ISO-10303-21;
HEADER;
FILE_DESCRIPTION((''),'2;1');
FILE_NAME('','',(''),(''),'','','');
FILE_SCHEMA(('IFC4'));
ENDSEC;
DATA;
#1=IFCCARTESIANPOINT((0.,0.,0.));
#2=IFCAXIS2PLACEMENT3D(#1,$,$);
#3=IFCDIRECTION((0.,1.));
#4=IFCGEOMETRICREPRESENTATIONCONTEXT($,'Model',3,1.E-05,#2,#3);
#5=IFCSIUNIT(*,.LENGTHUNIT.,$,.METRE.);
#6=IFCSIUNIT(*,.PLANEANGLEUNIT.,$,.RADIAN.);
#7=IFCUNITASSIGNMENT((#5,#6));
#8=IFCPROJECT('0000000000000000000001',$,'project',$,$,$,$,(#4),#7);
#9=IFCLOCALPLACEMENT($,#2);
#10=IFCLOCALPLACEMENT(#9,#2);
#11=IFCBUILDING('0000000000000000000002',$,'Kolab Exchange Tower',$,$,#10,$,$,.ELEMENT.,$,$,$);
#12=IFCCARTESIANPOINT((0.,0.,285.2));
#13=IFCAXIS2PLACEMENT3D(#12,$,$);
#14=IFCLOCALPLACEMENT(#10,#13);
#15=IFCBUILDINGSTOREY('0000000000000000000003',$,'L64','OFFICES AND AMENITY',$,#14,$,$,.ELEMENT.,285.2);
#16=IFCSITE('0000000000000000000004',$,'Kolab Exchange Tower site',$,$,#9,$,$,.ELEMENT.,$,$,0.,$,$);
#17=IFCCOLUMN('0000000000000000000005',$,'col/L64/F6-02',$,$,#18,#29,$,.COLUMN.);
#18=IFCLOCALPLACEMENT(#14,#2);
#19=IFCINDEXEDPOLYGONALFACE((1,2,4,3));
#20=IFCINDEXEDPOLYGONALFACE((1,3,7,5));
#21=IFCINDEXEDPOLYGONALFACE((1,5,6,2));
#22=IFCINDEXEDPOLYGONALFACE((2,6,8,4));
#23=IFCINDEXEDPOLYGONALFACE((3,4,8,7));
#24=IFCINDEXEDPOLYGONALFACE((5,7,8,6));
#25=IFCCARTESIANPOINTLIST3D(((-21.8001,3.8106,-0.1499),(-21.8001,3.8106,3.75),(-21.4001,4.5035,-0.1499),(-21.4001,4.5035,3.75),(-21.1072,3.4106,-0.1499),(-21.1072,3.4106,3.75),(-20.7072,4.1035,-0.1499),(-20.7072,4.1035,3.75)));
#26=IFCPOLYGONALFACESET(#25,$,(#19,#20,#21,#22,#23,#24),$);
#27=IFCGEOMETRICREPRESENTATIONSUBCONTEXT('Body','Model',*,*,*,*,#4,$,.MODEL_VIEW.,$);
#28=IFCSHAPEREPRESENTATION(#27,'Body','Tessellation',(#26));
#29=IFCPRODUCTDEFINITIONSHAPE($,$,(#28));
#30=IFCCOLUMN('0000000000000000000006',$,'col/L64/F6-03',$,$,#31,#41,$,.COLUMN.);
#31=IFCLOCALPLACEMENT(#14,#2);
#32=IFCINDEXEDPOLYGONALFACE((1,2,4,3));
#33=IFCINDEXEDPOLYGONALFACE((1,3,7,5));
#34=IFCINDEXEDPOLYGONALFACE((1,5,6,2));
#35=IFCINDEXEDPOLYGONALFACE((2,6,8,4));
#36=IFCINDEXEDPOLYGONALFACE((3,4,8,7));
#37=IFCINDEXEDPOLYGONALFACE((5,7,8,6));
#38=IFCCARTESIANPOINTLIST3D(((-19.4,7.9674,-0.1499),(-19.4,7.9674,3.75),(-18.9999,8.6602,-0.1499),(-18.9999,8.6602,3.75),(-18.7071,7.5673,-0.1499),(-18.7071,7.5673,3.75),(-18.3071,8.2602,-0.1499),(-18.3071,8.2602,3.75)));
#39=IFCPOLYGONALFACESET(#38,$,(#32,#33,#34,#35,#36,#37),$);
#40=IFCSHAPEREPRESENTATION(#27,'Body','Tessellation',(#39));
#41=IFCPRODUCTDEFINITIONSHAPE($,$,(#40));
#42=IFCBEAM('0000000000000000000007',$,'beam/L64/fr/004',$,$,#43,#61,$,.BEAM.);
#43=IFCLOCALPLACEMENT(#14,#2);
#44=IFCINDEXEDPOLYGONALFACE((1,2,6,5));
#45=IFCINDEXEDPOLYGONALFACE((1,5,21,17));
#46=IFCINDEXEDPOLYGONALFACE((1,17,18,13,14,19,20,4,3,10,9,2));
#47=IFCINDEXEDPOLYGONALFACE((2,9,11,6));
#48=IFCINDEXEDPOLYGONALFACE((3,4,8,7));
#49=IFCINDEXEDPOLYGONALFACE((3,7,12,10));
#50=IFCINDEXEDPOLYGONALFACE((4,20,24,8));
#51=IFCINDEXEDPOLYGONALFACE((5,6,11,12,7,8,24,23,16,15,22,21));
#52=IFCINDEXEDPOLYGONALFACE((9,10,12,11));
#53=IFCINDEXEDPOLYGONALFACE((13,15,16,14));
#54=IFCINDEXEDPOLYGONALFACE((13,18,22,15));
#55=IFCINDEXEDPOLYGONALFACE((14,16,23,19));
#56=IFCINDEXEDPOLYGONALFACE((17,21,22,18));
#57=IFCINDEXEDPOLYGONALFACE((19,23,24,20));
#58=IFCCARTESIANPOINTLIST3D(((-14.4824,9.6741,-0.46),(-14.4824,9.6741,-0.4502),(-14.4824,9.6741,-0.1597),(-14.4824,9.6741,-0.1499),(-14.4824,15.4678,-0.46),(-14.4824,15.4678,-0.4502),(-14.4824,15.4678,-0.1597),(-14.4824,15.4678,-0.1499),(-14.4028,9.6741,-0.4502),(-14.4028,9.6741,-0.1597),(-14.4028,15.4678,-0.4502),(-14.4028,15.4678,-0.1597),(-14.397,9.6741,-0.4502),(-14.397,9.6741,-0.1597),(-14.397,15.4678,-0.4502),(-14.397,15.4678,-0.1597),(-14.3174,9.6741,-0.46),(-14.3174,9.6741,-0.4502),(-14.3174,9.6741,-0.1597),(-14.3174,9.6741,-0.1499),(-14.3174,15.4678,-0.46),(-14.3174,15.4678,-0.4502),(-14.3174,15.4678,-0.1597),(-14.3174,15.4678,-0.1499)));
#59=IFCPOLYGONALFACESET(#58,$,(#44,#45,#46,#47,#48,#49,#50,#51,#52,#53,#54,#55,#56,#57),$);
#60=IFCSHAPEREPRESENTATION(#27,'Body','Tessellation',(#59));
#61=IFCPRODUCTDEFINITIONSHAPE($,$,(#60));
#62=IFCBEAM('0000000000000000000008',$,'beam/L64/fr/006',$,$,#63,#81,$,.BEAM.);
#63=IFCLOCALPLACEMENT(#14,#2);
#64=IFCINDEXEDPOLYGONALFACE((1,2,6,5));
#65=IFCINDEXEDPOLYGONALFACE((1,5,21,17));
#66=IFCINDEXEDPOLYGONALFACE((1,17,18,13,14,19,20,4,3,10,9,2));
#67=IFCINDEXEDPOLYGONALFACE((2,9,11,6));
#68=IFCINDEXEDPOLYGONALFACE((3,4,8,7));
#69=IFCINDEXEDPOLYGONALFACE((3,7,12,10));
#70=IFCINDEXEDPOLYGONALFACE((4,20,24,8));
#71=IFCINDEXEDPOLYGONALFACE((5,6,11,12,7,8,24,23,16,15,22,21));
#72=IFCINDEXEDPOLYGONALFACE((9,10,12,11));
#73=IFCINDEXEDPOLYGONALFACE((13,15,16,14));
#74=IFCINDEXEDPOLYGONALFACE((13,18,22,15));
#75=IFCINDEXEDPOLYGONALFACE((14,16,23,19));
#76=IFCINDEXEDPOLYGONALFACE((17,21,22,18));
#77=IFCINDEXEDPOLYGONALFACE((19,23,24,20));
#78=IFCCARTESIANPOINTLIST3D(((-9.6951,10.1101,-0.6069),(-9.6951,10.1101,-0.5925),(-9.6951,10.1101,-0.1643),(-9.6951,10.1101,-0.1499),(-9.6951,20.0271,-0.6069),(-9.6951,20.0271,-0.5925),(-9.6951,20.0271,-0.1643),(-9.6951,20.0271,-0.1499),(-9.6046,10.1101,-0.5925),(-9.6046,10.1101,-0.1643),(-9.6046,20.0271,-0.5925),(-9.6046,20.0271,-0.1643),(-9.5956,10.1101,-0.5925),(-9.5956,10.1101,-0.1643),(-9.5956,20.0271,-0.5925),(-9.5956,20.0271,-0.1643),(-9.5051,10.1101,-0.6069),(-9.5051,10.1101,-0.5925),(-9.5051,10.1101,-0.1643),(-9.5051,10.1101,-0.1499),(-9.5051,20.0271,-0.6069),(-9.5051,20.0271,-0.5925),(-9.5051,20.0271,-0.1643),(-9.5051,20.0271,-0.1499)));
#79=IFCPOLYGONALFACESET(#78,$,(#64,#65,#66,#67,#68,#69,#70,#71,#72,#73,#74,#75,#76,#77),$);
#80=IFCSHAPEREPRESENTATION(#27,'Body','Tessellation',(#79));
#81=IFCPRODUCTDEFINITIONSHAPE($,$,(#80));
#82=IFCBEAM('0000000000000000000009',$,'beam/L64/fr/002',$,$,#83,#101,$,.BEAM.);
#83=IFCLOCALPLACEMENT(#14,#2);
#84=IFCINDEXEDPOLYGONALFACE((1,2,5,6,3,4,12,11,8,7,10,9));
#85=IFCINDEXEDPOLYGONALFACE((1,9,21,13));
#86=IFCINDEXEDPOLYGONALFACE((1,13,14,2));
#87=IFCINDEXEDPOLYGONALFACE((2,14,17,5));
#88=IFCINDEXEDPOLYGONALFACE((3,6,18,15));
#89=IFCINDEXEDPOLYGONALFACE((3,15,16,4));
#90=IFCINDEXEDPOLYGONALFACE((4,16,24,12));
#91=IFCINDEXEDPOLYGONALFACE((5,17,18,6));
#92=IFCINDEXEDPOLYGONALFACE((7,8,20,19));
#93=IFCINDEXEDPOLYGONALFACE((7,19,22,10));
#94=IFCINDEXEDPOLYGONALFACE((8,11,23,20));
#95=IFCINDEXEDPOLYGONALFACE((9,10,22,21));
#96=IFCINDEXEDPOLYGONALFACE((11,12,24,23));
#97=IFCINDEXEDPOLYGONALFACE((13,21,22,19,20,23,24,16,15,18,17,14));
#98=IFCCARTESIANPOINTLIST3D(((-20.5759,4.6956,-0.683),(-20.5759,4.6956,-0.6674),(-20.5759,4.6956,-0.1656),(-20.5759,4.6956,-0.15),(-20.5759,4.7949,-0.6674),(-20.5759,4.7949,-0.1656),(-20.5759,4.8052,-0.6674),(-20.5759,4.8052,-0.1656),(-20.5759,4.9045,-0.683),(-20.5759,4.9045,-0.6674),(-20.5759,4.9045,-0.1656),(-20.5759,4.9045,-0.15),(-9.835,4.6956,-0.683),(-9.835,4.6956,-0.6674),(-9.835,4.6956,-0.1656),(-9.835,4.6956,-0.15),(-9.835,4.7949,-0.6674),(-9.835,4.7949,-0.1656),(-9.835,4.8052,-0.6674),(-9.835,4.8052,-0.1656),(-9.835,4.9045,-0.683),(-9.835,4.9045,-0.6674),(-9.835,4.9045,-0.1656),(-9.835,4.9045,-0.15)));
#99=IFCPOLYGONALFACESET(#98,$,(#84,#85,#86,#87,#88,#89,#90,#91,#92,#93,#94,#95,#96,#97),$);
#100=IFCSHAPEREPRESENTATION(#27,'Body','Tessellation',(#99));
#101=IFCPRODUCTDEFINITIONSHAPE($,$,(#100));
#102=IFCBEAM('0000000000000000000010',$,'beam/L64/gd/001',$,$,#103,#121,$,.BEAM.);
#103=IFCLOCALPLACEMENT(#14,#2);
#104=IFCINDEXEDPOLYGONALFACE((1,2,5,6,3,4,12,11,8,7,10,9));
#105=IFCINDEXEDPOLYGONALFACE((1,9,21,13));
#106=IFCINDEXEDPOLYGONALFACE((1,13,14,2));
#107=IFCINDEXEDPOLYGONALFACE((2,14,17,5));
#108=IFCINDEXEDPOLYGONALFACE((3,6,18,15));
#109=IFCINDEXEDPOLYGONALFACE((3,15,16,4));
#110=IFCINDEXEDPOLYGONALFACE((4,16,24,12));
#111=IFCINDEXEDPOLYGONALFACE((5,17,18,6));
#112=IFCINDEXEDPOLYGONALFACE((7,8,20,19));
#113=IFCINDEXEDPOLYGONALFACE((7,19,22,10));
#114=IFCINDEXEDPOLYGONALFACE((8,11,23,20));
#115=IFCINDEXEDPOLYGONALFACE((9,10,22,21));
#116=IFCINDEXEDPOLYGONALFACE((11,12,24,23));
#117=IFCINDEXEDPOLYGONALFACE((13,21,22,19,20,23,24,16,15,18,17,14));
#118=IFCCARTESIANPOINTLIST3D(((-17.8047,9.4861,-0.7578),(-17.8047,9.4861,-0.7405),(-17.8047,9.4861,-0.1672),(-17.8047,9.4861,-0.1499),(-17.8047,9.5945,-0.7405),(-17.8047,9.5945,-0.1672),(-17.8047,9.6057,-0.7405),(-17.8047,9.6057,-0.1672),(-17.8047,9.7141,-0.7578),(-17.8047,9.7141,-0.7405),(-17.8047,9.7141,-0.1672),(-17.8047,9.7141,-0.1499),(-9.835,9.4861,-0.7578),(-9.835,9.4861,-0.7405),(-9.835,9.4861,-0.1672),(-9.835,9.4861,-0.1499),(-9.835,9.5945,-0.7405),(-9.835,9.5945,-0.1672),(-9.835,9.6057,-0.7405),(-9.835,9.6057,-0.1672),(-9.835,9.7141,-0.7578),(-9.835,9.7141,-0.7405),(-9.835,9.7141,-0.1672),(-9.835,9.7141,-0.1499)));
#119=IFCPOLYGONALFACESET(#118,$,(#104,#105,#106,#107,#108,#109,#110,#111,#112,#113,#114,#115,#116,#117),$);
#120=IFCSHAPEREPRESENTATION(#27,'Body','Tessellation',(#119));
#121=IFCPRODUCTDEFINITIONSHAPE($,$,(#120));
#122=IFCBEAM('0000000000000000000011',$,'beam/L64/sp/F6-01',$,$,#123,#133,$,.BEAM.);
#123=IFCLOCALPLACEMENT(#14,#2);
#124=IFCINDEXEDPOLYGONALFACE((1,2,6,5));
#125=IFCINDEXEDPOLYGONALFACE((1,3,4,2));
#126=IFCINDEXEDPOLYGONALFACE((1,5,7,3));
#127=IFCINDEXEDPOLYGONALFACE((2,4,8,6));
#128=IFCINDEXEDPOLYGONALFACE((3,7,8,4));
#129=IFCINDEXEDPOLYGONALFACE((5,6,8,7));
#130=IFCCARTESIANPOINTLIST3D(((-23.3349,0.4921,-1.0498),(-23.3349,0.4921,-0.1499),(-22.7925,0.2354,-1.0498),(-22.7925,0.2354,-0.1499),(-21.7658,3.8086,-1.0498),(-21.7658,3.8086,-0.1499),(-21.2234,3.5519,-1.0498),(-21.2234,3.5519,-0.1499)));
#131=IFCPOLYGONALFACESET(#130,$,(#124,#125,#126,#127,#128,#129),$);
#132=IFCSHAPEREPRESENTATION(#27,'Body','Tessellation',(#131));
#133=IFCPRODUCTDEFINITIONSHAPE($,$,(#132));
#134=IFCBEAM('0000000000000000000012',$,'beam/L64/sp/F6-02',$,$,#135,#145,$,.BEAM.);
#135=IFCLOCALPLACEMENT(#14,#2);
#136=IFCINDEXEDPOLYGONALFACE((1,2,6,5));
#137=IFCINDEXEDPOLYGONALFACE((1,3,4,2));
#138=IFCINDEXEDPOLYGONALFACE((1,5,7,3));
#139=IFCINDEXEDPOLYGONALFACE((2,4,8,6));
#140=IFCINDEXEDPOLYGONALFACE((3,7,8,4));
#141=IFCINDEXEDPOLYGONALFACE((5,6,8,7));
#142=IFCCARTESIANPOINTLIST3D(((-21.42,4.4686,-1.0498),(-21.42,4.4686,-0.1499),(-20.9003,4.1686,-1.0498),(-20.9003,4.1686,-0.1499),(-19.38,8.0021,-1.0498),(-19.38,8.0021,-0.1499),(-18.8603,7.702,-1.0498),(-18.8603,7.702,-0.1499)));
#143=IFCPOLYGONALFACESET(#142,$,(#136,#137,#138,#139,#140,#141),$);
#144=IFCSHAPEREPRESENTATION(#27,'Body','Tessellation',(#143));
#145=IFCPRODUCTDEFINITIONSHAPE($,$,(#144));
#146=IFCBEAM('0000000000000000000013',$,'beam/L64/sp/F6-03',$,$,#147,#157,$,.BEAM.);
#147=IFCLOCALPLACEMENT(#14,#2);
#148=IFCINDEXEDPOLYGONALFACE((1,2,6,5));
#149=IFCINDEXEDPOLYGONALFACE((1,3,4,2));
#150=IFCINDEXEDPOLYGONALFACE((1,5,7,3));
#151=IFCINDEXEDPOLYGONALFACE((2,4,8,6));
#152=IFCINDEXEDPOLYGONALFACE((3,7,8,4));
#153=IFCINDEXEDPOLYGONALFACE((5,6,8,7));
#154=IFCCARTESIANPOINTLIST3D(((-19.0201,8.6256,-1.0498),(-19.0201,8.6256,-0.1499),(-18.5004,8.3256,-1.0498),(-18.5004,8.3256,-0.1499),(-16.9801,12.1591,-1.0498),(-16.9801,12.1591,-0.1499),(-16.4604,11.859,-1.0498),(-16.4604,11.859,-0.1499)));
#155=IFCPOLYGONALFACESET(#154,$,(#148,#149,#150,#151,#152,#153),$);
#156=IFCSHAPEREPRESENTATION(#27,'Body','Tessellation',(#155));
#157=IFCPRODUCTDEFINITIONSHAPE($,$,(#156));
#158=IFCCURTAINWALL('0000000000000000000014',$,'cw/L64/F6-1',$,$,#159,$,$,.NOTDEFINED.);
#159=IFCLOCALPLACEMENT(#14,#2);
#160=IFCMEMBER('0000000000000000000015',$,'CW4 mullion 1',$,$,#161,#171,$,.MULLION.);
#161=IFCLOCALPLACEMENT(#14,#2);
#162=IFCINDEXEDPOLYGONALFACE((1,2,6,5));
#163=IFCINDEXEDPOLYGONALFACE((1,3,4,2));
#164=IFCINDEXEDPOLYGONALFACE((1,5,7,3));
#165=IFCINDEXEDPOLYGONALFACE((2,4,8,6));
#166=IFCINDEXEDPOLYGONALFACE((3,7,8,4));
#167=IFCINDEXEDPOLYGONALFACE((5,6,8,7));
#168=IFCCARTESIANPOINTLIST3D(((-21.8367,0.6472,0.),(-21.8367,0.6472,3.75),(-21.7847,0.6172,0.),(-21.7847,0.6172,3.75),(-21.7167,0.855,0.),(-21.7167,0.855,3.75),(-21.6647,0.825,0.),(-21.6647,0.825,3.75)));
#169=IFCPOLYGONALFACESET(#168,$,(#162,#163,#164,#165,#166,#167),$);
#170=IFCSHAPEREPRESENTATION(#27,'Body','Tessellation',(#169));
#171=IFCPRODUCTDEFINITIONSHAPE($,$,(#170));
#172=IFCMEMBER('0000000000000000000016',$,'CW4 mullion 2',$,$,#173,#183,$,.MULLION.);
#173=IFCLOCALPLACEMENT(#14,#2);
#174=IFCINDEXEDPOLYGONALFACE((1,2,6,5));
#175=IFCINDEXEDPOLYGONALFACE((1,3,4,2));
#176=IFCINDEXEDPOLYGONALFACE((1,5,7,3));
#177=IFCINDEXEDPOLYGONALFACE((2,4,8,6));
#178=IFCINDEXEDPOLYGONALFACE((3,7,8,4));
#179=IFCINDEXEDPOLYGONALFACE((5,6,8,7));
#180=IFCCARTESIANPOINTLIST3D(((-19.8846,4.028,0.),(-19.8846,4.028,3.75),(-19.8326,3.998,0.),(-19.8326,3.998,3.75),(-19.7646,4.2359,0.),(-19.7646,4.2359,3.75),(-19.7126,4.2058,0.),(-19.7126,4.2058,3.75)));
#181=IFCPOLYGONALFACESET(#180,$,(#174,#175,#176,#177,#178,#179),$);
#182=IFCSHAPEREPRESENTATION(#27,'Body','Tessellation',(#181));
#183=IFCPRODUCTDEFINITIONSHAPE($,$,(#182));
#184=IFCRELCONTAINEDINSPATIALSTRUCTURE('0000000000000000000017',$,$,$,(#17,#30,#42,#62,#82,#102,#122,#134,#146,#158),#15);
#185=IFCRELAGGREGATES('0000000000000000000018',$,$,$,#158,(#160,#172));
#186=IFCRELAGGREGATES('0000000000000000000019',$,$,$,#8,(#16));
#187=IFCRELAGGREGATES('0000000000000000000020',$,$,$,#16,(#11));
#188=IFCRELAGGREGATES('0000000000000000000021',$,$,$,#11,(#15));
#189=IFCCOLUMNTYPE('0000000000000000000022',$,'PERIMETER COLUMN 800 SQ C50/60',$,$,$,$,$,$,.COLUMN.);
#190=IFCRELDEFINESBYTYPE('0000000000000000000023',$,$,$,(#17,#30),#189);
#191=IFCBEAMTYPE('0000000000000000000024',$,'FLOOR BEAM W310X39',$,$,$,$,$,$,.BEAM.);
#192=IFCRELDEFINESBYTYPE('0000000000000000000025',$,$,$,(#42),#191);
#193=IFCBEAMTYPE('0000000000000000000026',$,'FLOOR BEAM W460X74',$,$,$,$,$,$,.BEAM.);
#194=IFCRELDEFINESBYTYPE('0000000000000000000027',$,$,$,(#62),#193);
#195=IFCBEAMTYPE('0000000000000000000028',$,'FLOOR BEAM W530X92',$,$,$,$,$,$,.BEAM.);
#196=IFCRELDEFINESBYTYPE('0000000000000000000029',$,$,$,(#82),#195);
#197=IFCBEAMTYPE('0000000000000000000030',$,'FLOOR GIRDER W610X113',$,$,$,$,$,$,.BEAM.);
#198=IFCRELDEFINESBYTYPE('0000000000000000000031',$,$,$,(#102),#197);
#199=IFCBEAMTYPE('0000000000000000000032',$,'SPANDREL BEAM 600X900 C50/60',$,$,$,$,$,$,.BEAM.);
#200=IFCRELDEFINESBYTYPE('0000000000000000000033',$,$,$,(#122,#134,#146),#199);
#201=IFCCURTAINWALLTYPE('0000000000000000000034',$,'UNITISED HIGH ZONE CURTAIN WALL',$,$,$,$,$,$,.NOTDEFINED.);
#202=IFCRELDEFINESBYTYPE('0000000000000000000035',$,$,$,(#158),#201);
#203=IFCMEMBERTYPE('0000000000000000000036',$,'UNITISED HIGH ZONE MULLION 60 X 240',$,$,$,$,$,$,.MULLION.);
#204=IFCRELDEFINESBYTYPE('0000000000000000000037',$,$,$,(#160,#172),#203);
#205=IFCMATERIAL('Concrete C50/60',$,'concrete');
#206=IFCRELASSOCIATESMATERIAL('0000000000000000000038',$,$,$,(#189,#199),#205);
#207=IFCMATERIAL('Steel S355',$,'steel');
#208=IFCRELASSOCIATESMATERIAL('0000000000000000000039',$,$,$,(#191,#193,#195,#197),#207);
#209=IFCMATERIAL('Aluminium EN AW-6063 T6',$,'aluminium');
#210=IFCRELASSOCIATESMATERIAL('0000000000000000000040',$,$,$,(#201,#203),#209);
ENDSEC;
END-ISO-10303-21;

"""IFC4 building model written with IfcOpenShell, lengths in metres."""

from ifc_helpers import new_model, si_unit, direction, frame, origin, origin_2d, place, context, subcontext, project, spatial, rectangle, i_section, extrude, material, material_profile, profile_set, type_object, element, aggregate, save


model = new_model("IFC4")

# Units and contexts
model_context = context("Model", 3, precision=1e-05, world=origin(), true_north=direction((0.0, 1.0)))
body_context = subcontext(model_context, "Body", "Model", "MODEL_VIEW")
ifc_project = project(units=[si_unit("LENGTHUNIT", "METRE"), si_unit("PLANEANGLEUNIT", "RADIAN")], contexts=[model_context])

# Site, building, storey
site_placement = place(None, origin())
site = spatial("IfcSite", under=ifc_project, at=site_placement, Name="Kolab Exchange Tower site", CompositionType="ELEMENT", RefElevation=0.0)
building_placement = place(site_placement, origin())
building = spatial("IfcBuilding", under=site, at=building_placement, Name="Kolab Exchange Tower", CompositionType="ELEMENT")
storey_placement = place(building_placement, frame((0.0, 0.0, 285.2)))
storey = spatial("IfcBuildingStorey", under=building, at=storey_placement, Name="L64", Description="OFFICES AND AMENITY", CompositionType="ELEMENT", Elevation=285.2)

# Columns
ifc_material_1 = material(Name="Concrete C50/60", Category="concrete")
ifc_material_profile_1 = material_profile(ifc_material_1, rectangle(XDim=0.8, YDim=0.8, at=origin_2d()), Name="RC800")
ifc_profile_set_1 = profile_set([ifc_material_profile_1], Name="Concrete C50/60")
column_type = type_object("IfcColumnType", Name="PERIMETER COLUMN 800 SQ C50/60", PredefinedType="COLUMN", material=ifc_profile_set_1)
for number, where, z_axis, x_axis, name in (
    (1, (-21.2537, 3.957, -0.1499), (0.0, 0.0, 1.0), (0.5, 0.866025, 0.0), "col/L64/F6-02"),
    (2, (-18.8535, 8.1138, -0.1499), (0.0, 0.0, 1.0), (0.5, 0.866025, 0.0), "col/L64/F6-03"),
):
    element("IfcColumn", number, at=place(storey_placement, frame(where, z_axis=z_axis, x_axis=x_axis)), inside=storey, type_object=column_type, Name=name, PredefinedType="COLUMN", context=body_context, shape_type="SweptSolid", body=[
        extrude(rectangle(XDim=0.8, YDim=0.8, at=origin_2d()), origin(), (0.0, 0.0, 1.0), 3.8999),
    ])

# Beams
ifc_material_2 = material(Name="Steel S355", Category="steel")
ifc_material_profile_2 = material_profile(ifc_material_2, i_section(OverallWidth=0.165, OverallDepth=0.3101, WebThickness=0.0059, FlangeThickness=0.0098, at=origin_2d()), Name="W310X39")
ifc_profile_set_2 = profile_set([ifc_material_profile_2], Name="Steel S355")
beam_type_1 = type_object("IfcBeamType", Name="FLOOR BEAM W310X39", PredefinedType="BEAM", material=ifc_profile_set_2)
beam_1_placement = place(storey_placement, frame((-14.3999, 9.6741, -0.3049), z_axis=(0.0, 1.0, 0.0), x_axis=(-1.0, 0.0, 0.0)))
element("IfcBeam", 3, at=beam_1_placement, inside=storey, type_object=beam_type_1, Name="beam/L64/fr/004", PredefinedType="BEAM", context=body_context, shape_type="SweptSolid", body=[
    extrude(i_section(OverallWidth=0.165, OverallDepth=0.3101, WebThickness=0.0059, FlangeThickness=0.0098, at=origin_2d()), origin(), (0.0, 0.0, 1.0), 5.7937),
])
ifc_material_profile_3 = material_profile(ifc_material_2, i_section(OverallWidth=0.1899, OverallDepth=0.457, WebThickness=0.009, FlangeThickness=0.0144, at=origin_2d()), Name="W460X74")
ifc_profile_set_3 = profile_set([ifc_material_profile_3], Name="Steel S355")
beam_type_2 = type_object("IfcBeamType", Name="FLOOR BEAM W460X74", PredefinedType="BEAM", material=ifc_profile_set_3)
beam_2_placement = place(storey_placement, frame((-9.6001, 10.1101, -0.3784), z_axis=(0.0, 1.0, 0.0), x_axis=(-1.0, 0.0, 0.0)))
element("IfcBeam", 4, at=beam_2_placement, inside=storey, type_object=beam_type_2, Name="beam/L64/fr/006", PredefinedType="BEAM", context=body_context, shape_type="SweptSolid", body=[
    extrude(i_section(OverallWidth=0.1899, OverallDepth=0.457, WebThickness=0.009, FlangeThickness=0.0144, at=origin_2d()), origin(), (0.0, 0.0, 1.0), 9.917),
])
ifc_material_profile_4 = material_profile(ifc_material_2, i_section(OverallWidth=0.209, OverallDepth=0.533, WebThickness=0.0103, FlangeThickness=0.0156, at=origin_2d()), Name="W530X92")
ifc_profile_set_4 = profile_set([ifc_material_profile_4], Name="Steel S355")
beam_type_3 = type_object("IfcBeamType", Name="FLOOR BEAM W530X92", PredefinedType="BEAM", material=ifc_profile_set_4)
beam_3_placement = place(storey_placement, frame((-20.5759, 4.8, -0.4165), z_axis=(1.0, 0.0, 0.0), x_axis=(0.0, 1.0, 0.0)))
element("IfcBeam", 5, at=beam_3_placement, inside=storey, type_object=beam_type_3, Name="beam/L64/fr/002", PredefinedType="BEAM", context=body_context, shape_type="SweptSolid", body=[
    extrude(i_section(OverallWidth=0.209, OverallDepth=0.533, WebThickness=0.0103, FlangeThickness=0.0156, at=origin_2d()), origin(), (0.0, 0.0, 1.0), 10.741),
])
ifc_material_profile_5 = material_profile(ifc_material_2, i_section(OverallWidth=0.228, OverallDepth=0.6079, WebThickness=0.0112, FlangeThickness=0.0173, at=origin_2d()), Name="W610X113")
ifc_profile_set_5 = profile_set([ifc_material_profile_5], Name="Steel S355")
beam_type_4 = type_object("IfcBeamType", Name="FLOOR GIRDER W610X113", PredefinedType="BEAM", material=ifc_profile_set_5)
beam_4_placement = place(storey_placement, frame((-17.8047, 9.6001, -0.4539), z_axis=(1.0, 0.0, 0.0), x_axis=(0.0, 1.0, 0.0)))
element("IfcBeam", 6, at=beam_4_placement, inside=storey, type_object=beam_type_4, Name="beam/L64/gd/001", PredefinedType="BEAM", context=body_context, shape_type="SweptSolid", body=[
    extrude(i_section(OverallWidth=0.228, OverallDepth=0.6079, WebThickness=0.0112, FlangeThickness=0.0173, at=origin_2d()), origin(), (0.0, 0.0, 1.0), 7.9697),
])
ifc_material_profile_6 = material_profile(ifc_material_1, rectangle(XDim=0.6001, YDim=0.8999, at=origin_2d()), Name="RC600X900")
ifc_profile_set_6 = profile_set([ifc_material_profile_6], Name="Concrete C50/60")
beam_type_5 = type_object("IfcBeamType", Name="SPANDREL BEAM 600X900 C50/60", PredefinedType="BEAM", material=ifc_profile_set_6)
beam_5_placement = place(storey_placement, frame((-23.0637, 0.3638, -0.5999), z_axis=(0.427677, 0.903932, 0.0), x_axis=(-0.903932, 0.427677, 0.0)))
element("IfcBeam", 7, at=beam_5_placement, inside=storey, type_object=beam_type_5, Name="beam/L64/sp/F6-01", PredefinedType="BEAM", context=body_context, shape_type="SweptSolid", body=[
    extrude(rectangle(XDim=0.6001, YDim=0.8999, at=origin_2d()), origin(), (0.0, 0.0, 1.0), 3.6689),
])
for number, where, z_axis, x_axis, name in (
    (8, (-21.1602, 4.3186, -0.5999), (0.5, 0.866025, 0.0), (-0.866025, 0.5, 0.0), "beam/L64/sp/F6-02"),
    (9, (-18.7603, 8.4756, -0.5999), (0.5, 0.866025, 0.0), (-0.866025, 0.5, 0.0), "beam/L64/sp/F6-03"),
):
    element("IfcBeam", number, at=place(storey_placement, frame(where, z_axis=z_axis, x_axis=x_axis)), inside=storey, type_object=beam_type_5, Name=name, PredefinedType="BEAM", context=body_context, shape_type="SweptSolid", body=[
        extrude(rectangle(XDim=0.6001, YDim=0.8999, at=origin_2d()), origin(), (0.0, 0.0, 1.0), 4.0801),
    ])

# Curtain wall, members
ifc_material_3 = material(Name="Aluminium EN AW-6063 T6", Category="aluminium")
curtain_wall_type = type_object("IfcCurtainWallType", Name="UNITISED HIGH ZONE CURTAIN WALL", PredefinedType="NOTDEFINED", material=ifc_material_3)
curtain_wall_1_placement = place(storey_placement, origin())
curtain_wall_1 = element("IfcCurtainWall", 10, at=curtain_wall_1_placement, inside=storey, type_object=curtain_wall_type, Name="cw/L64/F6-1", PredefinedType="NOTDEFINED")
ifc_material_profile_7 = material_profile(ifc_material_3, rectangle(XDim=0.0601, YDim=0.24, at=origin_2d()), Name="RECT 60X240")
ifc_profile_set_7 = profile_set([ifc_material_profile_7], Name="Aluminium EN AW-6063 T6")
member_type_1 = type_object("IfcMemberType", Name="UNITISED HIGH ZONE MULLION 60 X 240", PredefinedType="MULLION", material=ifc_profile_set_7)
member_1_placement = place(storey_placement, frame((-21.7507, 0.7361, 0.0), z_axis=(0.0, 0.0, 1.0), x_axis=(-0.866025, 0.5, 0.0)))
member_1 = element("IfcMember", 11, at=member_1_placement, type_object=member_type_1, Name="CW4 mullion 1", PredefinedType="MULLION", context=body_context, shape_type="SweptSolid", body=[
    extrude(rectangle(XDim=0.0601, YDim=0.24, at=origin_2d()), origin(), (0.0, 0.0, 1.0), 3.75),
])
member_2_placement = place(storey_placement, frame((-19.7986, 4.1169, 0.0), z_axis=(0.0, 0.0, 1.0), x_axis=(-0.866025, 0.5, 0.0)))
member_2 = element("IfcMember", 12, at=member_2_placement, type_object=member_type_1, Name="CW4 mullion 2", PredefinedType="MULLION", context=body_context, shape_type="SweptSolid", body=[
    extrude(rectangle(XDim=0.0601, YDim=0.24, at=origin_2d()), origin(), (0.0, 0.0, 1.0), 3.75),
])

aggregate(curtain_wall_1, [member_1, member_2])

save(model, "model.ifc")
